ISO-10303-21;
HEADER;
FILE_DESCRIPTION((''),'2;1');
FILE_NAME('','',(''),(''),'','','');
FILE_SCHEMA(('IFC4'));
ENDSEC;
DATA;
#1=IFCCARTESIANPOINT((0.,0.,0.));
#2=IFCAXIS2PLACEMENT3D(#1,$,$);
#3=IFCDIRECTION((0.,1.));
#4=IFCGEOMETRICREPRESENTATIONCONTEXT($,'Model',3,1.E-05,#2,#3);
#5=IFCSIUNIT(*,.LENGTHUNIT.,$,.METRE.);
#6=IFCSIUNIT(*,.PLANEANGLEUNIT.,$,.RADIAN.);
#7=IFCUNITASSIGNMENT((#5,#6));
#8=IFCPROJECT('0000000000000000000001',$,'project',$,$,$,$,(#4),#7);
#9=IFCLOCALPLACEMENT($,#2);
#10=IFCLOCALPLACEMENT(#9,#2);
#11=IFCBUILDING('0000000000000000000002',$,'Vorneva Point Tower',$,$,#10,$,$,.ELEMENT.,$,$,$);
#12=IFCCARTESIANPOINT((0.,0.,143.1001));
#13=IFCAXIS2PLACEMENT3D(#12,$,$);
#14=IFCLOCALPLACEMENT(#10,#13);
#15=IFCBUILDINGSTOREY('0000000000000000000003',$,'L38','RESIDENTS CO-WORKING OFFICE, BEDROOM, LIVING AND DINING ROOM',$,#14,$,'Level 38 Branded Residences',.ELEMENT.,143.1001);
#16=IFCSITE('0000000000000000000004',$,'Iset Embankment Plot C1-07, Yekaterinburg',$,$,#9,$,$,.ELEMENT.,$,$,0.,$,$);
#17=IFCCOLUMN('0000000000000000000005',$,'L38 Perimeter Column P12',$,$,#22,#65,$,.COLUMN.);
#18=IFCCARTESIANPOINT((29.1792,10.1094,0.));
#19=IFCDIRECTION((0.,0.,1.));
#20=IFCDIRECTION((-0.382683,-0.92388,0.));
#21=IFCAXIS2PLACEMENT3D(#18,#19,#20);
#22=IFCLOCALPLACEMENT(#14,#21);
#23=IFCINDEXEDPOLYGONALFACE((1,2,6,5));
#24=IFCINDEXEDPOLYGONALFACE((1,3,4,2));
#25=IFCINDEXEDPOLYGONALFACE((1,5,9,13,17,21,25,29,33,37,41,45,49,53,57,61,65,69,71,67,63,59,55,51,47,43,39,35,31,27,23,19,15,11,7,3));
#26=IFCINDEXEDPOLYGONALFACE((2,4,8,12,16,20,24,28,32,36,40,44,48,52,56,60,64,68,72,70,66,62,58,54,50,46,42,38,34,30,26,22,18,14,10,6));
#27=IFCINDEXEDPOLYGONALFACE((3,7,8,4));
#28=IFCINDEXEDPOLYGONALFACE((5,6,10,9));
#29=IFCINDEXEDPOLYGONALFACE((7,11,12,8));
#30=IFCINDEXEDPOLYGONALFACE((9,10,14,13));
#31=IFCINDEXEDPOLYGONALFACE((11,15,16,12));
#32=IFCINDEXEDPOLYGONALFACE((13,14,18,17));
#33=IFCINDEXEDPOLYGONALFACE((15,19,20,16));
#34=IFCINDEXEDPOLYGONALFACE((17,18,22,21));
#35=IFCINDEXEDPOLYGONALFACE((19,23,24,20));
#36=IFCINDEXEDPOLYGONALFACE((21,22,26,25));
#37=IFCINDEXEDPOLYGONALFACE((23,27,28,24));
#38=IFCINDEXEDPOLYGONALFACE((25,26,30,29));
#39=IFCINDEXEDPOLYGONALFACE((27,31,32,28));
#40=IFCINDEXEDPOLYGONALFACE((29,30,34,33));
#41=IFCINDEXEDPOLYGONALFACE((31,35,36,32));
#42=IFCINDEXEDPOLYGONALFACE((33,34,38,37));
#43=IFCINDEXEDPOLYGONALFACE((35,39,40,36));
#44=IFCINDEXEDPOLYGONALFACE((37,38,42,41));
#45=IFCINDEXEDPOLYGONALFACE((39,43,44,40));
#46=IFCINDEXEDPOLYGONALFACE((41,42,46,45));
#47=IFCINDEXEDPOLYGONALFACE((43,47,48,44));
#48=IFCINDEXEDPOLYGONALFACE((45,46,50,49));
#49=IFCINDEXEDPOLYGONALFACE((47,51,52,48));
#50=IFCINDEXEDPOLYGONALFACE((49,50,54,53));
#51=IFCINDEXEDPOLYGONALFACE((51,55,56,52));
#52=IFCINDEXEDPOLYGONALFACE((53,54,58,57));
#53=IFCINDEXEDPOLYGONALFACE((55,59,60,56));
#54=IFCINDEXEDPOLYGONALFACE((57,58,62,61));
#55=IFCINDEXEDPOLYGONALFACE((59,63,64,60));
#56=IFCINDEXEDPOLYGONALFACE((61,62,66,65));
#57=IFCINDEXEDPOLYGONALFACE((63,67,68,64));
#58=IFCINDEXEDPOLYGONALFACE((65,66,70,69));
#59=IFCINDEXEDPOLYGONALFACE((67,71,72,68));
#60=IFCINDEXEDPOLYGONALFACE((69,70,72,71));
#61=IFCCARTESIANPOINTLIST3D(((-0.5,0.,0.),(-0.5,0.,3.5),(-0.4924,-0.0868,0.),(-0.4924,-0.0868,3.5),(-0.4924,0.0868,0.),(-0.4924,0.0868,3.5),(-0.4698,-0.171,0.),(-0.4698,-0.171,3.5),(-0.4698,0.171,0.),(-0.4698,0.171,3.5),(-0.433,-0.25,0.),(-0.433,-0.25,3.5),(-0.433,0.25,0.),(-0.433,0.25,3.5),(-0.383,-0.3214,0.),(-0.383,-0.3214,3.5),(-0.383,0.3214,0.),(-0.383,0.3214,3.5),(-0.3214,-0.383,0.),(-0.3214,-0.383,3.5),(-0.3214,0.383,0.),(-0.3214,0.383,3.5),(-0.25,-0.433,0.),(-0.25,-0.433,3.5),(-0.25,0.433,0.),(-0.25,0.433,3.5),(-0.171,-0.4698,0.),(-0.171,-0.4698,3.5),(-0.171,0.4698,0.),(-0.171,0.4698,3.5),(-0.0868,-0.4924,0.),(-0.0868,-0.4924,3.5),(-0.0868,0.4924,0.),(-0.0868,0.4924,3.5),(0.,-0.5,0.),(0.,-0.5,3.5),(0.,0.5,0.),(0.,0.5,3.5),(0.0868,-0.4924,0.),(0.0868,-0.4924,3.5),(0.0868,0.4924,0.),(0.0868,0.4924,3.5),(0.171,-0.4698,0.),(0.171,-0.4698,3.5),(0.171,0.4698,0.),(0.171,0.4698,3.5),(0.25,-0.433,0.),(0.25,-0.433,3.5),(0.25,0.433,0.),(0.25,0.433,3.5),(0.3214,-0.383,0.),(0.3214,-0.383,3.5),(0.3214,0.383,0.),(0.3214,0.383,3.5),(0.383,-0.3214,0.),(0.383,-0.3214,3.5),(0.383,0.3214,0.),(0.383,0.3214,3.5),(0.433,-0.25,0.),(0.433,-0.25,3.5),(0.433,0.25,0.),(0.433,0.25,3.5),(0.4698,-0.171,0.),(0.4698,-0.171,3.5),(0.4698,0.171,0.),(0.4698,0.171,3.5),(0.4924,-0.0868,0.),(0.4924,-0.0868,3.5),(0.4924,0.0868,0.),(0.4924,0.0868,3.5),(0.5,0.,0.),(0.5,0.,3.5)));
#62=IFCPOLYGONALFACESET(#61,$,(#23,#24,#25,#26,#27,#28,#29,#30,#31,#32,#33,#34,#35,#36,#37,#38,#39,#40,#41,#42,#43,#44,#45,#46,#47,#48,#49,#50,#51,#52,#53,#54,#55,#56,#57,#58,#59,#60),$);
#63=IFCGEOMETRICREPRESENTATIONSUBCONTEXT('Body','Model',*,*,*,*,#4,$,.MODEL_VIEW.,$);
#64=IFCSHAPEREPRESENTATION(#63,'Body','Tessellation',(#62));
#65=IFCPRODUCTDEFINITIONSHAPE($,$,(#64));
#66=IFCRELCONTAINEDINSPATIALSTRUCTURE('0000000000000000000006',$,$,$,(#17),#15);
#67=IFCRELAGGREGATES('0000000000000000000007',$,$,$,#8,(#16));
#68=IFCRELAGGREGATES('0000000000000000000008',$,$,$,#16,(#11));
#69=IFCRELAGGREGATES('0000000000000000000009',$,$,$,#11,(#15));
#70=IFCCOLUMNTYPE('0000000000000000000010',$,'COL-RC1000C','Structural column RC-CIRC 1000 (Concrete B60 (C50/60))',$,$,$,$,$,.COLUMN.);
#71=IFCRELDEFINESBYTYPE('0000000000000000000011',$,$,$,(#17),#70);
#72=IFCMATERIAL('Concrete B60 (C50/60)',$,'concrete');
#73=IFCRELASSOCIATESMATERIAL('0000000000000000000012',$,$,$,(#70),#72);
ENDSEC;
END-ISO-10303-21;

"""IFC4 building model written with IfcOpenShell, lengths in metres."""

from ifc_helpers import new_model, si_unit, direction, frame, origin, origin_2d, place, context, subcontext, project, spatial, circle, extrude, material, material_profile, profile_set, type_object, element, save


model = new_model("IFC4")

# Units and contexts
model_context = context("Model", 3, precision=1e-05, world=origin(), true_north=direction((0.0, 1.0)))
body_context = subcontext(model_context, "Body", "Model", "MODEL_VIEW")
ifc_project = project(units=[si_unit("LENGTHUNIT", "METRE"), si_unit("PLANEANGLEUNIT", "RADIAN")], contexts=[model_context])

# Site, building, storey
site_placement = place(None, origin())
site = spatial("IfcSite", under=ifc_project, at=site_placement, Name="Iset Embankment Plot C1-07, Yekaterinburg", CompositionType="ELEMENT", RefElevation=0.0)
building_placement = place(site_placement, origin())
building = spatial("IfcBuilding", under=site, at=building_placement, Name="Vorneva Point Tower", CompositionType="ELEMENT")
storey_placement = place(building_placement, frame((0.0, 0.0, 143.1001)))
storey = spatial("IfcBuildingStorey", under=building, at=storey_placement, Name="L38", Description="RESIDENTS CO-WORKING OFFICE, BEDROOM, LIVING AND DINING ROOM", LongName="Level 38 Branded Residences", CompositionType="ELEMENT", Elevation=143.1001)

# Column
ifc_material_1 = material(Name="Concrete B60 (C50/60)", Category="concrete")
ifc_material_profile_1 = material_profile(ifc_material_1, circle(Radius=0.5, at=origin_2d()), Name="RC-CIRC 1000")
ifc_profile_set_1 = profile_set([ifc_material_profile_1], Name="Concrete B60 (C50/60)")
column_type_1 = type_object("IfcColumnType", Name="COL-RC1000C", Description="Structural column RC-CIRC 1000 (Concrete B60 (C50/60))", PredefinedType="COLUMN", material=ifc_profile_set_1)
column_1_placement = place(storey_placement, frame((29.1792, 10.1094, 0.0), z_axis=(0.0, 0.0, 1.0), x_axis=(-0.382683, -0.92388, 0.0)))
element("IfcColumn", 1, at=column_1_placement, inside=storey, type_object=column_type_1, Name="L38 Perimeter Column P12", PredefinedType="COLUMN", context=body_context, shape_type="SweptSolid", body=[
    extrude(circle(Radius=0.5, at=origin_2d()), origin(), (0.0, 0.0, 1.0), 3.5),
])

save(model, "model.ifc")
